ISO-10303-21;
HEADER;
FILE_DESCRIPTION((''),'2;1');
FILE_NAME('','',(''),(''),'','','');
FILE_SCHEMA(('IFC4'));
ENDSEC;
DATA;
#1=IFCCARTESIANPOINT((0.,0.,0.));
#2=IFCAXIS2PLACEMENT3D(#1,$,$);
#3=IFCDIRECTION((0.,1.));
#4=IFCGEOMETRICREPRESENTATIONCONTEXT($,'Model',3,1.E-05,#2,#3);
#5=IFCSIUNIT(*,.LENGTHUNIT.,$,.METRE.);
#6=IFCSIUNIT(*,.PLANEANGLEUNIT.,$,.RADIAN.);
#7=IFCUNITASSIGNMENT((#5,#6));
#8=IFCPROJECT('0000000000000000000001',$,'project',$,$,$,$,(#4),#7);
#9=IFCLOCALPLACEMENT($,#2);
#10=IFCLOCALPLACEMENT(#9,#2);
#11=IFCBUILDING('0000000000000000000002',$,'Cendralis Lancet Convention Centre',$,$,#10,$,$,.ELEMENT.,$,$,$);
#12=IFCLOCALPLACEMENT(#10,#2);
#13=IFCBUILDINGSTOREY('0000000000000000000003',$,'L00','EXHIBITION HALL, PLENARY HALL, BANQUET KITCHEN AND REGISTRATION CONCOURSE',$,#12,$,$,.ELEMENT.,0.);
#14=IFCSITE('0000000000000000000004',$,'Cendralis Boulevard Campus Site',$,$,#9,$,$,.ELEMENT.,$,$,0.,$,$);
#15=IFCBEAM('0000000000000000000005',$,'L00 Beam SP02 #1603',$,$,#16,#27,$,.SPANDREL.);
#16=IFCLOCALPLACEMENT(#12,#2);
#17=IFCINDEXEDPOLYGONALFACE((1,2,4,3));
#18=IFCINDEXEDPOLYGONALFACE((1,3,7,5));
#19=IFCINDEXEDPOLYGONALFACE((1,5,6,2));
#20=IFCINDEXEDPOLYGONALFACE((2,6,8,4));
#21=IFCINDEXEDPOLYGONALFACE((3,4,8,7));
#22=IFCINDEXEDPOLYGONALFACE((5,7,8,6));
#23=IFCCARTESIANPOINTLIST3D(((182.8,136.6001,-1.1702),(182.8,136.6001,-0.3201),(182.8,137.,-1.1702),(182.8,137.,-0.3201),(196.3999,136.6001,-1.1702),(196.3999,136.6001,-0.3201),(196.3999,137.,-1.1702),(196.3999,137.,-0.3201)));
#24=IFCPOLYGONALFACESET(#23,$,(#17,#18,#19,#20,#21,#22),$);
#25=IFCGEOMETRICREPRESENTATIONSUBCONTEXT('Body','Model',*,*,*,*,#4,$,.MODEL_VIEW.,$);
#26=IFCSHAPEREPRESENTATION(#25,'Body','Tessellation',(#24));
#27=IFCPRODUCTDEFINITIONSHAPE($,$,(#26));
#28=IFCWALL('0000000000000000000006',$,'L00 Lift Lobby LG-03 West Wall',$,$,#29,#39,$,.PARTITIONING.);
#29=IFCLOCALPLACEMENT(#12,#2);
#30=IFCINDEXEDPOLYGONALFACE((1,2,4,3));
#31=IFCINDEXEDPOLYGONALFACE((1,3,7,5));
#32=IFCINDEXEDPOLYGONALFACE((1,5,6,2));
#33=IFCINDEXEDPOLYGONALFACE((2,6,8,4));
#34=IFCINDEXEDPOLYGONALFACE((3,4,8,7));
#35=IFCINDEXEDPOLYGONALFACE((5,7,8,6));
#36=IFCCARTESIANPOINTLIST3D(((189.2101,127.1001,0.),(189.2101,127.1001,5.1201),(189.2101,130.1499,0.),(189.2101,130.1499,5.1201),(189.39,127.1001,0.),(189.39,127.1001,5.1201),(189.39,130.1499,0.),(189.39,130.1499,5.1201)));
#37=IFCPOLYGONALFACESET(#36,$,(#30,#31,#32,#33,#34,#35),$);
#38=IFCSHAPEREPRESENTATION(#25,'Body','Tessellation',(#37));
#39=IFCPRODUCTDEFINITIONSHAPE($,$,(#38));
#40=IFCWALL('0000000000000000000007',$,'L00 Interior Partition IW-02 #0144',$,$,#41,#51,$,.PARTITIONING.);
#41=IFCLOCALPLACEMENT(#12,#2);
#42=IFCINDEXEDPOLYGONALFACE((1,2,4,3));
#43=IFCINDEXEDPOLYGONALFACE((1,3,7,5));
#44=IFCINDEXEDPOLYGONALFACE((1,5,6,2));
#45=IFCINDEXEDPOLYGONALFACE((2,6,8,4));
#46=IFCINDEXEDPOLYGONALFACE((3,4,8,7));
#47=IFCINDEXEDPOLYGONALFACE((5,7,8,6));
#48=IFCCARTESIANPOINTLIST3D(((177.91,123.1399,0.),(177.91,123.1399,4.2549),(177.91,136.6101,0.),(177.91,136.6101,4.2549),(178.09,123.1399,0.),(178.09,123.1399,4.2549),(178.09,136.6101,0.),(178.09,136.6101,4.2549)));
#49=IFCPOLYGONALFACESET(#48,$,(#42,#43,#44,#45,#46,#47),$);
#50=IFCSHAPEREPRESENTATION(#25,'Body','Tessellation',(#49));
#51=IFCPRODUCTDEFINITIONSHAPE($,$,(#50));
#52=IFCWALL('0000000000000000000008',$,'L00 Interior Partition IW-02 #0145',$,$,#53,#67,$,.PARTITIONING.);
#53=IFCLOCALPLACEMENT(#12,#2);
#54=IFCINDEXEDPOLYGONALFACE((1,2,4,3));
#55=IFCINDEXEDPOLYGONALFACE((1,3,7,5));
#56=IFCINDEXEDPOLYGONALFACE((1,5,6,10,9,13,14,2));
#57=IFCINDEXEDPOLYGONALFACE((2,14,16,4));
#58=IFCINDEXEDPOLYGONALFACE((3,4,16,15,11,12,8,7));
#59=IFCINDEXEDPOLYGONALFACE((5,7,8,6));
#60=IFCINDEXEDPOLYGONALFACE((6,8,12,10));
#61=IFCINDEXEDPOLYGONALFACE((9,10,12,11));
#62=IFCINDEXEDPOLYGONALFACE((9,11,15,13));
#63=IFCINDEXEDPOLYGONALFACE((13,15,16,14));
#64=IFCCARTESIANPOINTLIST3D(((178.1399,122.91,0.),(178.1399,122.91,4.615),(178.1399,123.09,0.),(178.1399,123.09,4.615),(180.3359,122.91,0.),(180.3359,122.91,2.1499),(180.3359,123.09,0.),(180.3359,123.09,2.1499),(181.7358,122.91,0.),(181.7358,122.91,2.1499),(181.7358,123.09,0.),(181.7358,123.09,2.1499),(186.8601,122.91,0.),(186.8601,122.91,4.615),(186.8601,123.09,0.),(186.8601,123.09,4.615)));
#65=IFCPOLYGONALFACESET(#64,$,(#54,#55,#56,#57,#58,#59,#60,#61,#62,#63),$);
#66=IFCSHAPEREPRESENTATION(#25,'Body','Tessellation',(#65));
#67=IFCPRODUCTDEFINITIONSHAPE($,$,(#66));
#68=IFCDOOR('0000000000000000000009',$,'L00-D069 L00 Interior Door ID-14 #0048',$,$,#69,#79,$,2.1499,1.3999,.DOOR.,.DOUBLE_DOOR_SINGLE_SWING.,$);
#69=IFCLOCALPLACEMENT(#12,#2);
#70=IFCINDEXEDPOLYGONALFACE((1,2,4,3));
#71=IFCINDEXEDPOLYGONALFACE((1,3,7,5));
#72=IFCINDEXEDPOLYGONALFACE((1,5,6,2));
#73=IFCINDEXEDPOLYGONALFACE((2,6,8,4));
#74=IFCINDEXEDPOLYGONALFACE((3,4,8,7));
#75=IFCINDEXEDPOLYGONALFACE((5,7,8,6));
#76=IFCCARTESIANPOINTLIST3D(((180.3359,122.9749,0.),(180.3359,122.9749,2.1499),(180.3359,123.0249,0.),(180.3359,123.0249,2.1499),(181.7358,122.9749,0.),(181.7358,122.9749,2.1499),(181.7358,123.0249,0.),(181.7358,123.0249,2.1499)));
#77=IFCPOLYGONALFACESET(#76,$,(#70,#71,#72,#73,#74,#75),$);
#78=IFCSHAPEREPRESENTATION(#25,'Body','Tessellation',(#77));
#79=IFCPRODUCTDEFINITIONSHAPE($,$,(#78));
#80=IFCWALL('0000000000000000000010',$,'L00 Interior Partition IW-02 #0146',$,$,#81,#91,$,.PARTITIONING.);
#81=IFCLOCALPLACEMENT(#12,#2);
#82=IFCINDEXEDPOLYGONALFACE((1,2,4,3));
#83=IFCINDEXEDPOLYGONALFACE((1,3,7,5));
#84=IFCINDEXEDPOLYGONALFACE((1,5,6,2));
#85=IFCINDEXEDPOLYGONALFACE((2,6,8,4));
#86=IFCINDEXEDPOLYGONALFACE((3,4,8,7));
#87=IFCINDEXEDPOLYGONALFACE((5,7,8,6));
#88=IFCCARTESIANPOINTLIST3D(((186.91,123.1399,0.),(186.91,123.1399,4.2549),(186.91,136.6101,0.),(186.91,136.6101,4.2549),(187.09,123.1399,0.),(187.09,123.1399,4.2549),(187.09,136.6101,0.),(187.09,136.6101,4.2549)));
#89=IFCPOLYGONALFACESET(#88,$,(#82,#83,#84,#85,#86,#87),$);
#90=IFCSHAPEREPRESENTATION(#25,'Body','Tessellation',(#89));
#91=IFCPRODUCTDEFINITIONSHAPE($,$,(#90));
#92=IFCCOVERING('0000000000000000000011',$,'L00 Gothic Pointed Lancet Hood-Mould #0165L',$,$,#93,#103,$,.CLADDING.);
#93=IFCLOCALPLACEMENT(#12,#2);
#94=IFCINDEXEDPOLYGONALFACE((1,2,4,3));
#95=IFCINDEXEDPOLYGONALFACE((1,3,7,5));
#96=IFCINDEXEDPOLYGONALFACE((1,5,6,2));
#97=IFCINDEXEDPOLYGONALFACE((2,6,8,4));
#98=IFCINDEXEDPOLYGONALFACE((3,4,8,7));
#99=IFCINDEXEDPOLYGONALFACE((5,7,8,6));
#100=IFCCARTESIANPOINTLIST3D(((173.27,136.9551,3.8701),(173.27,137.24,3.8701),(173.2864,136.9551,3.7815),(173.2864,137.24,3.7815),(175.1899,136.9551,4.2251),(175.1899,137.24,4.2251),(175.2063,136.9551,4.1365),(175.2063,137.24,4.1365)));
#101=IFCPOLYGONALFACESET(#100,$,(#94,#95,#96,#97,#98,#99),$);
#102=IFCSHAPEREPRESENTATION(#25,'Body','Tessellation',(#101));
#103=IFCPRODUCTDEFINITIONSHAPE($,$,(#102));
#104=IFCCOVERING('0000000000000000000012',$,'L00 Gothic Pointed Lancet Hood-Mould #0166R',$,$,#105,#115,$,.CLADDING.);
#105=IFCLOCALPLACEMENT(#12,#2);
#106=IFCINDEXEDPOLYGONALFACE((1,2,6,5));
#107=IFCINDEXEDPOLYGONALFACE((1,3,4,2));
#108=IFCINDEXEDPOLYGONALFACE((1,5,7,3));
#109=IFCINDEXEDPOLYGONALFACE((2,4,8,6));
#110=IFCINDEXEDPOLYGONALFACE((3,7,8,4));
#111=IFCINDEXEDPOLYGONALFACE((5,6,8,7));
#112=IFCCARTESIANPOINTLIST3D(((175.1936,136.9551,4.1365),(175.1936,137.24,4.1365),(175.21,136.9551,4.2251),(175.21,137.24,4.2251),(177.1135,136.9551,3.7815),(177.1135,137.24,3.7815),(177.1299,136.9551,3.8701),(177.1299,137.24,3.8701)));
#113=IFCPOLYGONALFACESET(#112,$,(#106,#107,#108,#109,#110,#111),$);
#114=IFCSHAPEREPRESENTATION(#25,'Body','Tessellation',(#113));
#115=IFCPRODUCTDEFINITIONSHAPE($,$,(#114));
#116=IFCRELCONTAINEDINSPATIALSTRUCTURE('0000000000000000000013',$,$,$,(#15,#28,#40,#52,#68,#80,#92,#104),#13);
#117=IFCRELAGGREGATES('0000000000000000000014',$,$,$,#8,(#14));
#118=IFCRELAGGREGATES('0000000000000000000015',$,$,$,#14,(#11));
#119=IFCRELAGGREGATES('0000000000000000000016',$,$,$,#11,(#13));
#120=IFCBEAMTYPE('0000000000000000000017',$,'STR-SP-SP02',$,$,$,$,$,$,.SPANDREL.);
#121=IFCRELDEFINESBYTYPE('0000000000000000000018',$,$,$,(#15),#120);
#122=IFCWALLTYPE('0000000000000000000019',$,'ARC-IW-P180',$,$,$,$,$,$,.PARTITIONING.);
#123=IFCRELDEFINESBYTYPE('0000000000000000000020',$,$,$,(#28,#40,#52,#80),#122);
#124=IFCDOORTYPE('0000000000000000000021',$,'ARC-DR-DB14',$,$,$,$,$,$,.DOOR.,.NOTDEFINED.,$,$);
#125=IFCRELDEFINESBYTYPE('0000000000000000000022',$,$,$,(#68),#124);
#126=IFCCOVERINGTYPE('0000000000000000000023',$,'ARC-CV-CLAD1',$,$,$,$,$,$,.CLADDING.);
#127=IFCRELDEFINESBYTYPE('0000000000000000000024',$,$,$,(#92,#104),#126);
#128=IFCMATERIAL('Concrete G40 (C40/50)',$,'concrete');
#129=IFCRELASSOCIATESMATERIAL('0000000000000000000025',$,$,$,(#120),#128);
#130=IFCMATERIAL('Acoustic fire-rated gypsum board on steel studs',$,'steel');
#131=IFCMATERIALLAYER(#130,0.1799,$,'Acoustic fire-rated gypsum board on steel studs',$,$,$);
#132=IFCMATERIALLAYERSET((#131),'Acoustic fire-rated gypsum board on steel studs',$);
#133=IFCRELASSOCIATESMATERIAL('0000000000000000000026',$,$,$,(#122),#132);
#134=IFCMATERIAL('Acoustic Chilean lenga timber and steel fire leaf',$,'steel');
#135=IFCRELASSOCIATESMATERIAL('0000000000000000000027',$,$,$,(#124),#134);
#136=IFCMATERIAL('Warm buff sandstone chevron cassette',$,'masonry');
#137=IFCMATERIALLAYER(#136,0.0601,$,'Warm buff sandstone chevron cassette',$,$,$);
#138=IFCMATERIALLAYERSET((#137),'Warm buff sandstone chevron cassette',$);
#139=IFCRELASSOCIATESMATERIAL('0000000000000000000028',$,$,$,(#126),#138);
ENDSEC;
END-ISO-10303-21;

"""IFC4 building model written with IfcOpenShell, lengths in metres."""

from ifc_helpers import new_model, si_unit, direction, frame, frame_2d, origin, origin_2d, place, context, subcontext, project, spatial, polyline, rectangle, outline, extrude, material, layer, layer_set, material_profile, profile_set, type_object, element, fill, save


model = new_model("IFC4")

# Units and contexts
model_context = context("Model", 3, precision=1e-05, world=origin(), true_north=direction((0.0, 1.0)))
body_context = subcontext(model_context, "Body", "Model", "MODEL_VIEW")
ifc_project = project(units=[si_unit("LENGTHUNIT", "METRE"), si_unit("PLANEANGLEUNIT", "RADIAN")], contexts=[model_context])

# Site, building, storey
site_placement = place(None, origin())
site = spatial("IfcSite", under=ifc_project, at=site_placement, Name="Cendralis Boulevard Campus Site", CompositionType="ELEMENT", RefElevation=0.0)
building_placement = place(site_placement, origin())
building = spatial("IfcBuilding", under=site, at=building_placement, Name="Cendralis Lancet Convention Centre", CompositionType="ELEMENT")
storey_placement = place(building_placement, origin())
storey = spatial("IfcBuildingStorey", under=building, at=storey_placement, Name="L00", Description="EXHIBITION HALL, PLENARY HALL, BANQUET KITCHEN AND REGISTRATION CONCOURSE", CompositionType="ELEMENT", Elevation=0.0)

# Shared definitions
ifc_material_1 = material(Name="Concrete G40 (C40/50)", Category="concrete")

# Beam
ifc_material_profile_1 = material_profile(ifc_material_1, rectangle(XDim=0.3999, YDim=0.8501, at=origin_2d()), Name="RCB 400x850")
ifc_profile_set_1 = profile_set([ifc_material_profile_1], Name="Concrete G40 (C40/50)")
beam_type_1 = type_object("IfcBeamType", Name="STR-SP-SP02", PredefinedType="SPANDREL", material=ifc_profile_set_1)
beam_1_placement = place(storey_placement, frame((182.8, 136.8, -0.7451), z_axis=(1.0, 0.0, 0.0), x_axis=(0.0, 1.0, 0.0)))
element("IfcBeam", 1, at=beam_1_placement, inside=storey, type_object=beam_type_1, Name="L00 Beam SP02 #1603", PredefinedType="SPANDREL", context=body_context, shape_type="SweptSolid", body=[
    extrude(rectangle(XDim=0.3999, YDim=0.8501, at=origin_2d()), origin(), (0.0, 0.0, 1.0), 13.5999),
])

# Walls
ifc_material_2 = material(Name="Acoustic fire-rated gypsum board on steel studs", Category="steel")
ifc_layer_1 = layer(ifc_material_2, 0.1799, Name="Acoustic fire-rated gypsum board on steel studs")
ifc_layer_set_1 = layer_set([ifc_layer_1], Name="Acoustic fire-rated gypsum board on steel studs")
wall_type_1 = type_object("IfcWallType", Name="ARC-IW-P180", PredefinedType="PARTITIONING", material=ifc_layer_set_1)
wall_1_placement = place(storey_placement, frame((189.3, 127.1001, 0.0), z_axis=(0.0, 0.0, 1.0), x_axis=(0.0, 1.0, 0.0)))
element("IfcWall", 2, at=wall_1_placement, inside=storey, type_object=wall_type_1, Name="L00 Lift Lobby LG-03 West Wall", PredefinedType="PARTITIONING", context=body_context, shape_type="SweptSolid", body=[
    extrude(rectangle(XDim=3.0498, YDim=0.1799, at=frame_2d((1.5249, 0.0))), origin(), (0.0, 0.0, 1.0), 5.1201),
])
wall_2_placement = place(storey_placement, frame((178.0, 123.1399, 0.0), z_axis=(0.0, 0.0, 1.0), x_axis=(0.0, 1.0, 0.0)))
element("IfcWall", 3, at=wall_2_placement, inside=storey, type_object=wall_type_1, Name="L00 Interior Partition IW-02 #0144", PredefinedType="PARTITIONING", context=body_context, shape_type="SweptSolid", body=[
    extrude(rectangle(XDim=13.4702, YDim=0.1799, at=frame_2d((6.7351, 0.0))), origin(), (0.0, 0.0, 1.0), 4.2549),
])

# Wall, opening, door
wall_3_placement = place(storey_placement, frame((178.1399, 123.0, 0.0), z_axis=(0.0, 0.0, 1.0), x_axis=(1.0, 0.0, 0.0)))
wall_3 = element("IfcWall", 4, at=wall_3_placement, inside=storey, type_object=wall_type_1, Name="L00 Interior Partition IW-02 #0145", PredefinedType="PARTITIONING", context=body_context, shape_type="SweptSolid", body=[
    extrude(rectangle(XDim=8.7202, YDim=0.1799, at=frame_2d((4.3601, 0.0))), origin(), (0.0, 0.0, 1.0), 4.615),
])
opening_1_placement = place(wall_3_placement, frame((2.196, 0.0, 0.0)))
opening_1 = element("IfcOpeningElement", 5, at=opening_1_placement, cuts=wall_3, PredefinedType="OPENING", context=body_context, shape_type="SweptSolid", body=[
    extrude(rectangle(XDim=1.3999, YDim=2.1499, at=frame_2d((0.7, 1.075))), frame((0.0, 0.0999, 0.0), z_axis=(0.0, -1.0, 0.0), x_axis=(1.0, 0.0, 0.0)), (0.0, 0.0, 1.0), 0.2),
])
ifc_material_3 = material(Name="Acoustic Chilean lenga timber and steel fire leaf", Category="steel")
door_type_1 = type_object("IfcDoorType", Name="ARC-DR-DB14", OperationType="NOTDEFINED", PredefinedType="DOOR", material=ifc_material_3)
door_1_placement = place(opening_1_placement, origin())
door_1 = element("IfcDoor", 6, at=door_1_placement, inside=storey, type_object=door_type_1, Name="L00-D069 L00 Interior Door ID-14 #0048", OperationType="DOUBLE_DOOR_SINGLE_SWING", OverallHeight=2.1499, OverallWidth=1.3999, PredefinedType="DOOR", context=body_context, shape_type="SweptSolid", body=[
    extrude(rectangle(XDim=1.3999, YDim=2.1499, at=frame_2d((0.7, 1.075))), frame((0.0, 0.0249, 0.0), z_axis=(0.0, -1.0, 0.0), x_axis=(1.0, 0.0, 0.0)), (0.0, 0.0, 1.0), 0.05),
])
fill(opening_1, door_1)

# Wall
wall_4_placement = place(storey_placement, frame((187.0, 123.1399, 0.0), z_axis=(0.0, 0.0, 1.0), x_axis=(0.0, 1.0, 0.0)))
element("IfcWall", 7, at=wall_4_placement, inside=storey, type_object=wall_type_1, Name="L00 Interior Partition IW-02 #0146", PredefinedType="PARTITIONING", context=body_context, shape_type="SweptSolid", body=[
    extrude(rectangle(XDim=13.4702, YDim=0.1799, at=frame_2d((6.7351, 0.0))), origin(), (0.0, 0.0, 1.0), 4.2549),
])

# Coverings
ifc_material_4 = material(Name="Warm buff sandstone chevron cassette", Category="masonry")
ifc_layer_2 = layer(ifc_material_4, 0.0601, Name="Warm buff sandstone chevron cassette")
ifc_layer_set_2 = layer_set([ifc_layer_2], Name="Warm buff sandstone chevron cassette")
covering_type = type_object("IfcCoveringType", Name="ARC-CV-CLAD1", PredefinedType="CLADDING", material=ifc_layer_set_2)
for number, where, z_axis, x_axis, name in (
    (8, (173.27, 137.24, 3.8701), (-0.181812, 0.0, 0.983333), (0.0, -1.0, 0.0), "L00 Gothic Pointed Lancet Hood-Mould #0165L"),
    (9, (175.21, 137.24, 4.2251), (0.181812, 0.0, 0.983333), (0.0, -1.0, 0.0), "L00 Gothic Pointed Lancet Hood-Mould #0166R"),
):
    element("IfcCovering", number, at=place(storey_placement, frame(where, z_axis=z_axis, x_axis=x_axis)), inside=storey, type_object=covering_type, Name=name, PredefinedType="CLADDING", context=body_context, shape_type="SweptSolid", body=[
        extrude(outline(polyline([(0.0, 0.0), (0.2849, 0.0), (0.2849, 1.9525), (0.0, 1.9525), (0.0, 0.0)])), origin(), (0.0, 0.0, -1.0), 0.0901),
    ])

save(model, "model.ifc")
